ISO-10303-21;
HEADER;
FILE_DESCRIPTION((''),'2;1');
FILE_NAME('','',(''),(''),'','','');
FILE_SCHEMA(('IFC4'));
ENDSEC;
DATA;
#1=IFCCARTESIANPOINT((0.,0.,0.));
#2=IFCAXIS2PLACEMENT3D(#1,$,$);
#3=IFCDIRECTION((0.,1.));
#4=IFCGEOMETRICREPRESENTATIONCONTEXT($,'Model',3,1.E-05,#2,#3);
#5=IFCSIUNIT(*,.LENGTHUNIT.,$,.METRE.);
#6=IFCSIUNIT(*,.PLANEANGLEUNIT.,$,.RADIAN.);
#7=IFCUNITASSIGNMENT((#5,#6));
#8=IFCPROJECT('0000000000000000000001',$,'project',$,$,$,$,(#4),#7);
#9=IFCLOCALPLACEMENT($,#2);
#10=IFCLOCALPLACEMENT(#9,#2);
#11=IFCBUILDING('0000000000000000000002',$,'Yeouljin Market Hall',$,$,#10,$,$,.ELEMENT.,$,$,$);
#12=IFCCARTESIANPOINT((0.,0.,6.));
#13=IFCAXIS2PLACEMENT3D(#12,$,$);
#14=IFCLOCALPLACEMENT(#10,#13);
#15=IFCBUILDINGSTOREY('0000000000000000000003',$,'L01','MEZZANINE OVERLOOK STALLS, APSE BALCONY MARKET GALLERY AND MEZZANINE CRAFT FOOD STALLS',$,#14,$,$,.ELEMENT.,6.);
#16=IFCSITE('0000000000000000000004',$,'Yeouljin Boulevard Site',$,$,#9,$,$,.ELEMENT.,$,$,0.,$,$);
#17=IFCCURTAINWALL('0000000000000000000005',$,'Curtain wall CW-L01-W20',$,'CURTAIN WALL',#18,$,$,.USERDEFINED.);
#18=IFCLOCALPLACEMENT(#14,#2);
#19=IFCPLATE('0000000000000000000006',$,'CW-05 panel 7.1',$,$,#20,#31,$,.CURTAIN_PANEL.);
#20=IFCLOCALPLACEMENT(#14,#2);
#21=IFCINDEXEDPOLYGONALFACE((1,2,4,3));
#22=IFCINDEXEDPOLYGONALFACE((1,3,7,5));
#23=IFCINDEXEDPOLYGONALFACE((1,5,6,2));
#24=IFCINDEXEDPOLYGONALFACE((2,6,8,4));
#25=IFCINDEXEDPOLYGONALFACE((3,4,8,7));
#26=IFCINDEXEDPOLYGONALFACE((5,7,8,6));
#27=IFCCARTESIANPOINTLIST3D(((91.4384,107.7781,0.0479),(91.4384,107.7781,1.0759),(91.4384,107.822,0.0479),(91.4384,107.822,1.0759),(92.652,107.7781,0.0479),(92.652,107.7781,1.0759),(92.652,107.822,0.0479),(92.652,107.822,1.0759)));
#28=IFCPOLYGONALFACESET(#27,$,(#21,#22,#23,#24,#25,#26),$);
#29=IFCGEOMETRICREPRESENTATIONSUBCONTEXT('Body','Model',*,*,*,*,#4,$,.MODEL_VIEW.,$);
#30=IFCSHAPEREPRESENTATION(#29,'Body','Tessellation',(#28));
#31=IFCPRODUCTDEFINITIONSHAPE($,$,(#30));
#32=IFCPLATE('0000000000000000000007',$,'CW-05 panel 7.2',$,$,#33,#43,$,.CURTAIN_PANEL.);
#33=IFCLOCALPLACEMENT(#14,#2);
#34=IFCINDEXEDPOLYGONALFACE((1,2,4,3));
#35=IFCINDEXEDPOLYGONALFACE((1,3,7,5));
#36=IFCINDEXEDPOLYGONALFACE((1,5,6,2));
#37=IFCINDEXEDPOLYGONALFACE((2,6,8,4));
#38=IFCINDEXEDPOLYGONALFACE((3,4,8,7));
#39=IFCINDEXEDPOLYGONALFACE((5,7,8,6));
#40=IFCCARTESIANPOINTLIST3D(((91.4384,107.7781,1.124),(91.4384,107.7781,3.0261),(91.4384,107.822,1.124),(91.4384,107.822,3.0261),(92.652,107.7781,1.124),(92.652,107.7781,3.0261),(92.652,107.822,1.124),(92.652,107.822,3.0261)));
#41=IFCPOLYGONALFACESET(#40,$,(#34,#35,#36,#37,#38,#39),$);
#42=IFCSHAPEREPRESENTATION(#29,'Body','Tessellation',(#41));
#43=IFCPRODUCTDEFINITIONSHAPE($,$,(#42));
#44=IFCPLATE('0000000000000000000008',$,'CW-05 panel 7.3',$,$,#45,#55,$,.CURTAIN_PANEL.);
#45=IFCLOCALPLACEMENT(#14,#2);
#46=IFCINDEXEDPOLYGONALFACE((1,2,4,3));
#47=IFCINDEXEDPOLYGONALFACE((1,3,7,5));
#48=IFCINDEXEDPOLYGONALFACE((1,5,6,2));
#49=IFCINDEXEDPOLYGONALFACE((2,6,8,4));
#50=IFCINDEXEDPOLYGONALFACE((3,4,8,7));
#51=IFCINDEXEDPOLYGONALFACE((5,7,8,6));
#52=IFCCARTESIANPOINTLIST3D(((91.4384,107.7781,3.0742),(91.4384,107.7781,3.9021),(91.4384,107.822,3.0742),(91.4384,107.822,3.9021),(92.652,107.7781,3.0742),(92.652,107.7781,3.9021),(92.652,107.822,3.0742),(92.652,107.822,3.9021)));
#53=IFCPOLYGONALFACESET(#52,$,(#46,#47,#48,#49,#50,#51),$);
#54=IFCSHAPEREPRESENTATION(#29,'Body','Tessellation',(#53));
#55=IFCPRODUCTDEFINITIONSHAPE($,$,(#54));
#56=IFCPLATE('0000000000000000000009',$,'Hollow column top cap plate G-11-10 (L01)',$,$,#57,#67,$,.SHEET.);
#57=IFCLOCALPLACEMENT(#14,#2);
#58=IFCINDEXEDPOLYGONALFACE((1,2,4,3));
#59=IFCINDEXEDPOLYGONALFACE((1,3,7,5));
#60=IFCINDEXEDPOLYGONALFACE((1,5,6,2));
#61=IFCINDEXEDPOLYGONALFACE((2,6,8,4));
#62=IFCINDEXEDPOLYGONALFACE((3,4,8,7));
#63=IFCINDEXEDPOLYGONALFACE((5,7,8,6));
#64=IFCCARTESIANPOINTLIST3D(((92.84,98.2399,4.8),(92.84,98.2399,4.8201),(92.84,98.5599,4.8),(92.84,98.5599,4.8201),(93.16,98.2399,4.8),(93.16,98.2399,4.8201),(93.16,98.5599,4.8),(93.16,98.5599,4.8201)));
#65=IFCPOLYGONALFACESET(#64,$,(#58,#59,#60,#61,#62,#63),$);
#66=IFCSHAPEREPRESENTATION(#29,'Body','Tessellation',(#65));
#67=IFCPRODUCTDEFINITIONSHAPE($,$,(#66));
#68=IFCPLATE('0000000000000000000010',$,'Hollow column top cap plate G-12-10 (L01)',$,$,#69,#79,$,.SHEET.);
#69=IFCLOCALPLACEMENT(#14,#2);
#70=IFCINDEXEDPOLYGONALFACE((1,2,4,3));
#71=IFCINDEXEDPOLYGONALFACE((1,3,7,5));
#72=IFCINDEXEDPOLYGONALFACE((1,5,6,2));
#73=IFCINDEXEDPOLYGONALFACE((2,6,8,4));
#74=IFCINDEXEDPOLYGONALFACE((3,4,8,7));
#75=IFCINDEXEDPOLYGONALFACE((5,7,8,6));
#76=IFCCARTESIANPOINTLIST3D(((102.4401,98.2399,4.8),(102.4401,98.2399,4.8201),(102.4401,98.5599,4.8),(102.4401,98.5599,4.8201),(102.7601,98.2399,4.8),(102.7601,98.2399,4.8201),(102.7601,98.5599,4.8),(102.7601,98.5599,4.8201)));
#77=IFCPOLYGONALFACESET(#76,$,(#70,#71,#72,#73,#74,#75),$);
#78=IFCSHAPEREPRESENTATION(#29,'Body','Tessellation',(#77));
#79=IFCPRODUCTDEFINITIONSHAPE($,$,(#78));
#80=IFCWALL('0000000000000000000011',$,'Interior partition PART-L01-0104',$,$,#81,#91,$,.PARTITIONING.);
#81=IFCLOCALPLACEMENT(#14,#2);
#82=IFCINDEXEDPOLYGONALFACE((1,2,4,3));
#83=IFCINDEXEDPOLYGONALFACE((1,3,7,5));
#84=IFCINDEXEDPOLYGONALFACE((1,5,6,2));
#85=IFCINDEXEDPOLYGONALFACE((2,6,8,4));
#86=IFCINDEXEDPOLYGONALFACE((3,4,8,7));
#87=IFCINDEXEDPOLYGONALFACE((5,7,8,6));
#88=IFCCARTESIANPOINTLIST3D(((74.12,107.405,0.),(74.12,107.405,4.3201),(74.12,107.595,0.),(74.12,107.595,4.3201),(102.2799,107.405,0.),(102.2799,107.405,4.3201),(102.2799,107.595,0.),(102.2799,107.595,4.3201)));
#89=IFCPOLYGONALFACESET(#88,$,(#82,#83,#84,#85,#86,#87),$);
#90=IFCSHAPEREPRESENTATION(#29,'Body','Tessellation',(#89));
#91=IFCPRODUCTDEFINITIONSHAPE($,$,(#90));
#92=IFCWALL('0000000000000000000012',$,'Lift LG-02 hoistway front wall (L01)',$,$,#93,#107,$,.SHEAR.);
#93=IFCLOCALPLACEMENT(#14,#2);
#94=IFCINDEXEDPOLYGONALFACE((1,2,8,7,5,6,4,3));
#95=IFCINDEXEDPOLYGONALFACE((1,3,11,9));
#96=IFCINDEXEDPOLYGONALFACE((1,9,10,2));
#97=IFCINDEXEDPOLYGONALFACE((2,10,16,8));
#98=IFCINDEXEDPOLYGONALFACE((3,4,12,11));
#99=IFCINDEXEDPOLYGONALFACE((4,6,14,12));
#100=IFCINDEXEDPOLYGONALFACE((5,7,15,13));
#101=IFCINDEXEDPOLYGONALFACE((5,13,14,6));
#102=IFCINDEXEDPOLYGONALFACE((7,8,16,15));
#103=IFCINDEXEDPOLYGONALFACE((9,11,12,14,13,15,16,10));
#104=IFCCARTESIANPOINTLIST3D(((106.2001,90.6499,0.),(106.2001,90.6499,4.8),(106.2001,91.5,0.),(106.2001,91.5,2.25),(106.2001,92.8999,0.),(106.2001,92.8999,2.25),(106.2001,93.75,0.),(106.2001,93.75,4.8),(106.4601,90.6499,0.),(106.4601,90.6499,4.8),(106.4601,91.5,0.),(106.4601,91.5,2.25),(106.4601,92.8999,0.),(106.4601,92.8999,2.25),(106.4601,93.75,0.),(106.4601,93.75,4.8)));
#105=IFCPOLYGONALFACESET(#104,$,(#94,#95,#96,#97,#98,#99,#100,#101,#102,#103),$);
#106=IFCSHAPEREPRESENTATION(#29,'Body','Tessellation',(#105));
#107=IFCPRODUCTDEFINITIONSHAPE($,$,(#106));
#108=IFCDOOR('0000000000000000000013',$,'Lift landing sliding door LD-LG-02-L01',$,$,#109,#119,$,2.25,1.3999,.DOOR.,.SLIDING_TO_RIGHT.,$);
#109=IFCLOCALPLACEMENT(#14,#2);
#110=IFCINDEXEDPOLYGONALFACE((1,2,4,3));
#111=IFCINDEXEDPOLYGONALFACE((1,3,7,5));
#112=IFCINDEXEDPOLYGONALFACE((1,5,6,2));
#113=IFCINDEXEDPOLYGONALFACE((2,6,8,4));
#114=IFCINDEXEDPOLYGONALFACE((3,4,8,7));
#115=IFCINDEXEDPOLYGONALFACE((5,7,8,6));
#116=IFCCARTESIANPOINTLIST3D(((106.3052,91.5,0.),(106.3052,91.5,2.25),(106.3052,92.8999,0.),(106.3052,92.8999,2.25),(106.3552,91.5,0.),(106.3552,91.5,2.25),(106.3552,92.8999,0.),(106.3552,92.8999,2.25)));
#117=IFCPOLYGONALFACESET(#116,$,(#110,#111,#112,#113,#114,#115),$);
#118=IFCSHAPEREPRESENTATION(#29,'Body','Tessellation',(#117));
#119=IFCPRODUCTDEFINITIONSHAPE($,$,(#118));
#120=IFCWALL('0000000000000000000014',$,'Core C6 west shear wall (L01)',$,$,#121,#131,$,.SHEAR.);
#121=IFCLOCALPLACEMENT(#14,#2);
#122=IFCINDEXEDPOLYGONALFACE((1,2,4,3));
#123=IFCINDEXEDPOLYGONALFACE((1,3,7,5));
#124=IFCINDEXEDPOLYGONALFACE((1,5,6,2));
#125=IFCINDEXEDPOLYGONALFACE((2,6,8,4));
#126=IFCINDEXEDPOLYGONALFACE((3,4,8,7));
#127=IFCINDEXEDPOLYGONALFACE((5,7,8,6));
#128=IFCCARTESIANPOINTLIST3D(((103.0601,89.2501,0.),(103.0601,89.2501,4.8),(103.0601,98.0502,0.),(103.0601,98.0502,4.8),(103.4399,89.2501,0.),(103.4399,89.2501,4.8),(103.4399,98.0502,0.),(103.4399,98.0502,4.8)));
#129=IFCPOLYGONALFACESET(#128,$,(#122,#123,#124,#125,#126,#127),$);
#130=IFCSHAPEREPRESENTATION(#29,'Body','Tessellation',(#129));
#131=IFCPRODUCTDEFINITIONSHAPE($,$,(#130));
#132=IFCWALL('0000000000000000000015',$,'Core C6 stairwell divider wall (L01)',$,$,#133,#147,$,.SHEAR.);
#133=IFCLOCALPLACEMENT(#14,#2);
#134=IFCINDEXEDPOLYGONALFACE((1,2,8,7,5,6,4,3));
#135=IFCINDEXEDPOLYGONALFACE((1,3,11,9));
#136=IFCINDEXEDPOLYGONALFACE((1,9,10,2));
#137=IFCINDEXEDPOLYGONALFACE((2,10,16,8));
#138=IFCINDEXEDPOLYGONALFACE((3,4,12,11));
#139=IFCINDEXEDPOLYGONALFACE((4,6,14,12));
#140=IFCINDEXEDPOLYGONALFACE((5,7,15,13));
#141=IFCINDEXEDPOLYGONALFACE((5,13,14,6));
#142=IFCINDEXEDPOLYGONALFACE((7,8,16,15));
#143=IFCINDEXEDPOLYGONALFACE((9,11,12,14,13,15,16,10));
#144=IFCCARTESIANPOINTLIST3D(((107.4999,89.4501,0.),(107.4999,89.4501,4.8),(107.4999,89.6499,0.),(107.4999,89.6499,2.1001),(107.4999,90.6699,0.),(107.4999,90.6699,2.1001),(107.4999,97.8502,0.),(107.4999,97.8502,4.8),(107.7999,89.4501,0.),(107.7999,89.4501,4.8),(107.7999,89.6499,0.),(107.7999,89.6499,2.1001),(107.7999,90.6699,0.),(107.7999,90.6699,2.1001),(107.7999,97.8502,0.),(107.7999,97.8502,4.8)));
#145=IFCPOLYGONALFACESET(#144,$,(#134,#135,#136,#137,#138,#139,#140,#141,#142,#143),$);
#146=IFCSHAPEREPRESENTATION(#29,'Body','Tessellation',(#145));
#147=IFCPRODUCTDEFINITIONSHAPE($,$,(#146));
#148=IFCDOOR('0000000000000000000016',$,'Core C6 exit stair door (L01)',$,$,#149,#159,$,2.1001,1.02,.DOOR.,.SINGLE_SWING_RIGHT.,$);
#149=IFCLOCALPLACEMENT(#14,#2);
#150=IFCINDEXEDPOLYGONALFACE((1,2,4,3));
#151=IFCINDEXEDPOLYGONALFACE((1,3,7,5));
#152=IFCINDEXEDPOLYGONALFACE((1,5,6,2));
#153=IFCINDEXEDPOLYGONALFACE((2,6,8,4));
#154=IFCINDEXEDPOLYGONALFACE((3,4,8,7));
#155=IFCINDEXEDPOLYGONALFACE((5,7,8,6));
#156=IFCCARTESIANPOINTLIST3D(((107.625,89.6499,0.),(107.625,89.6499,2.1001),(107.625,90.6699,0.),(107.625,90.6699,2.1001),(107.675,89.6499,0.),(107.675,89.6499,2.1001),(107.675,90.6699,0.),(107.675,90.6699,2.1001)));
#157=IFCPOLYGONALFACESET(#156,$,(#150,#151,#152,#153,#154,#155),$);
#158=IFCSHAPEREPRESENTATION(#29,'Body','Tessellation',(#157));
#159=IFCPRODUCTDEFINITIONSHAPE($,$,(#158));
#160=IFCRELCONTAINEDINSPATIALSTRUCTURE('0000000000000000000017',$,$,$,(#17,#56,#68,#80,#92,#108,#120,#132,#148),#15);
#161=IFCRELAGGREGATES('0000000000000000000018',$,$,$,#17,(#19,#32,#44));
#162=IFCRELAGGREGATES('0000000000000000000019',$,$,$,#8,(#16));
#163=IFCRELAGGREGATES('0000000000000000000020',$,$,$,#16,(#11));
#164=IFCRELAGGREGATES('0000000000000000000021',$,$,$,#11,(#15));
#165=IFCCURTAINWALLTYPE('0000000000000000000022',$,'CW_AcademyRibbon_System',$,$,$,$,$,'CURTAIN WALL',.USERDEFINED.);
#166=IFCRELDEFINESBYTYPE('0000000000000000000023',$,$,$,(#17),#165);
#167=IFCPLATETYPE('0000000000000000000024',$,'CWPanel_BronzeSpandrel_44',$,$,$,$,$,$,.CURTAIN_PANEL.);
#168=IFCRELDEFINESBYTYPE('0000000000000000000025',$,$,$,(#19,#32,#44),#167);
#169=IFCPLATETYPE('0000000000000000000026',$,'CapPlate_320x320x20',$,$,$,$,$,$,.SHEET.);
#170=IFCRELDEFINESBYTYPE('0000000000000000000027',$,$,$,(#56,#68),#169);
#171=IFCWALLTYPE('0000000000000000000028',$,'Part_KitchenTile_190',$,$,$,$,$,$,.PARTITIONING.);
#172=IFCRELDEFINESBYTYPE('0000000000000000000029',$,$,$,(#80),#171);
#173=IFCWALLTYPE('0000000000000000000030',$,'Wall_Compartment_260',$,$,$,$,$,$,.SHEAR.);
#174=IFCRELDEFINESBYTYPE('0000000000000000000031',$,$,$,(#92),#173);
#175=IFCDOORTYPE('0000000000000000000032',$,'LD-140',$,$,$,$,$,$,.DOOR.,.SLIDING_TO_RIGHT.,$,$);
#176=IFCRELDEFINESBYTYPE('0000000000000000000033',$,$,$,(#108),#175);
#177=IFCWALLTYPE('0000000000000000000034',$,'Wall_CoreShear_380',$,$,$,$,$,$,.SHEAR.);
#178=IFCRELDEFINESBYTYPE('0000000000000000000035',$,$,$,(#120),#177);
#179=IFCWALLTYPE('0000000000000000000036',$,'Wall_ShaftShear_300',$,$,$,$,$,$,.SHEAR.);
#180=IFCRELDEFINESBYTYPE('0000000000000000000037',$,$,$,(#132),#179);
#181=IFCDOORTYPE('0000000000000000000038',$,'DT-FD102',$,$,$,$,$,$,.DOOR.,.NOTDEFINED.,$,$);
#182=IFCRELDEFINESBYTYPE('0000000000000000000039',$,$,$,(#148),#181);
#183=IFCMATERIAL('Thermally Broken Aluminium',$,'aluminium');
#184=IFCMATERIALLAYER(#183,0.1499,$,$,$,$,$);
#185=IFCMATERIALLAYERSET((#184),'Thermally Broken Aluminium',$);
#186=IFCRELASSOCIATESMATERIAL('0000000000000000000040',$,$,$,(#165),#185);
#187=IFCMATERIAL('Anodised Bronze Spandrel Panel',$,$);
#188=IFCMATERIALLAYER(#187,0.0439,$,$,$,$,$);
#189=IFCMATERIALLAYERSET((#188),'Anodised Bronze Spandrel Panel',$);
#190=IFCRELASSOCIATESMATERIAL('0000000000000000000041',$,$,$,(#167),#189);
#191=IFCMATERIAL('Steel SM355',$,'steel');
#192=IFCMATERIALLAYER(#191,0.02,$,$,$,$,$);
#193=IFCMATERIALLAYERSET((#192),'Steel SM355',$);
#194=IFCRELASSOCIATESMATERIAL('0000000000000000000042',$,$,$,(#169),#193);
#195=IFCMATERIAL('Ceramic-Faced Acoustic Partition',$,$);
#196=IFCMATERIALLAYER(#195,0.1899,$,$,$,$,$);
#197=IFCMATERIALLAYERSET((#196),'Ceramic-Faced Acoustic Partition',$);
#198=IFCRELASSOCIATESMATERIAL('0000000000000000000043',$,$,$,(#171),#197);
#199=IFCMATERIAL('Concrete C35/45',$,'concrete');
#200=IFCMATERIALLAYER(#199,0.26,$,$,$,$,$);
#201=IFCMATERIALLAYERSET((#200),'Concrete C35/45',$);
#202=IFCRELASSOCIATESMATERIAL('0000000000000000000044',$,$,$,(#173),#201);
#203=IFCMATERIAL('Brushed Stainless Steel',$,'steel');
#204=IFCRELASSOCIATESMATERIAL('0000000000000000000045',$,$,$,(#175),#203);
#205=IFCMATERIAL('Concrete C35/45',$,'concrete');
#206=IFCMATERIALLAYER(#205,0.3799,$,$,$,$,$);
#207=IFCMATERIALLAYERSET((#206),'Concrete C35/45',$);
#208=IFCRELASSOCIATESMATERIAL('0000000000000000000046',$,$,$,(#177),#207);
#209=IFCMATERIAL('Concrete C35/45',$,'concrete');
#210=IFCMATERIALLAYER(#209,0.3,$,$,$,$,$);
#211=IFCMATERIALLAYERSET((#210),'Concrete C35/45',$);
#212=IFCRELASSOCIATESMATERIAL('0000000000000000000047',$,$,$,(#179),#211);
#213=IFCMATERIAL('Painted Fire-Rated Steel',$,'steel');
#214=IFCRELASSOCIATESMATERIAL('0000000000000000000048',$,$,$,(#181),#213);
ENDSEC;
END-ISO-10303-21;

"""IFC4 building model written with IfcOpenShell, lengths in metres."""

from ifc_helpers import new_model, si_unit, direction, frame, frame_2d, origin, origin_2d, place, context, subcontext, project, spatial, rectangle, extrude, material, layer, layer_set, type_object, element, fill, aggregate, save


model = new_model("IFC4")

# Units and contexts
model_context = context("Model", 3, precision=1e-05, world=origin(), true_north=direction((0.0, 1.0)))
body_context = subcontext(model_context, "Body", "Model", "MODEL_VIEW")
ifc_project = project(units=[si_unit("LENGTHUNIT", "METRE"), si_unit("PLANEANGLEUNIT", "RADIAN")], contexts=[model_context])

# Site, building, storey
site_placement = place(None, origin())
site = spatial("IfcSite", under=ifc_project, at=site_placement, Name="Yeouljin Boulevard Site", CompositionType="ELEMENT", RefElevation=0.0)
building_placement = place(site_placement, origin())
building = spatial("IfcBuilding", under=site, at=building_placement, Name="Yeouljin Market Hall", CompositionType="ELEMENT")
storey_placement = place(building_placement, frame((0.0, 0.0, 6.0)))
storey = spatial("IfcBuildingStorey", under=building, at=storey_placement, Name="L01", Description="MEZZANINE OVERLOOK STALLS, APSE BALCONY MARKET GALLERY AND MEZZANINE CRAFT FOOD STALLS", CompositionType="ELEMENT", Elevation=6.0)

# Curtain wall
ifc_material_1 = material(Name="Thermally Broken Aluminium", Category="aluminium")
ifc_layer_1 = layer(ifc_material_1, 0.1499)
ifc_layer_set_1 = layer_set([ifc_layer_1], Name="Thermally Broken Aluminium")
curtain_wall_type = type_object("IfcCurtainWallType", Name="CW_AcademyRibbon_System", ElementType="CURTAIN WALL", PredefinedType="USERDEFINED", material=ifc_layer_set_1)
curtain_wall_placement = place(storey_placement, origin())
curtain_wall = element("IfcCurtainWall", 1, at=curtain_wall_placement, inside=storey, type_object=curtain_wall_type, Name="Curtain wall CW-L01-W20", ObjectType="CURTAIN WALL", PredefinedType="USERDEFINED")

# Plates
ifc_material_2 = material(Name="Anodised Bronze Spandrel Panel")
ifc_layer_2 = layer(ifc_material_2, 0.0439)
ifc_layer_set_2 = layer_set([ifc_layer_2], Name="Anodised Bronze Spandrel Panel")
plate_type_1 = type_object("IfcPlateType", Name="CWPanel_BronzeSpandrel_44", PredefinedType="CURTAIN_PANEL", material=ifc_layer_set_2)
plate_1_placement = place(storey_placement, frame((92.0452, 107.8, 0.0479), z_axis=(0.0, 0.0, 1.0), x_axis=(1.0, 0.0, 0.0)))
plate_1 = element("IfcPlate", 2, at=plate_1_placement, type_object=plate_type_1, Name="CW-05 panel 7.1", PredefinedType="CURTAIN_PANEL", context=body_context, shape_type="SweptSolid", body=[
    extrude(rectangle(XDim=1.2136, YDim=0.0439, at=origin_2d()), origin(), (0.0, 0.0, 1.0), 1.0281),
])
plate_2_placement = place(storey_placement, frame((92.0452, 107.8, 1.124), z_axis=(0.0, 0.0, 1.0), x_axis=(1.0, 0.0, 0.0)))
plate_2 = element("IfcPlate", 3, at=plate_2_placement, type_object=plate_type_1, Name="CW-05 panel 7.2", PredefinedType="CURTAIN_PANEL", context=body_context, shape_type="SweptSolid", body=[
    extrude(rectangle(XDim=1.2136, YDim=0.0439, at=origin_2d()), origin(), (0.0, 0.0, 1.0), 1.9021),
])
plate_3_placement = place(storey_placement, frame((92.0452, 107.8, 3.0742), z_axis=(0.0, 0.0, 1.0), x_axis=(1.0, 0.0, 0.0)))
plate_3 = element("IfcPlate", 4, at=plate_3_placement, type_object=plate_type_1, Name="CW-05 panel 7.3", PredefinedType="CURTAIN_PANEL", context=body_context, shape_type="SweptSolid", body=[
    extrude(rectangle(XDim=1.2136, YDim=0.0439, at=origin_2d()), origin(), (0.0, 0.0, 1.0), 0.8279),
])
aggregate(curtain_wall, [plate_1, plate_2, plate_3])

# Plates
ifc_material_3 = material(Name="Steel SM355", Category="steel")
ifc_layer_3 = layer(ifc_material_3, 0.02)
ifc_layer_set_3 = layer_set([ifc_layer_3], Name="Steel SM355")
plate_type_2 = type_object("IfcPlateType", Name="CapPlate_320x320x20", PredefinedType="SHEET", material=ifc_layer_set_3)
for number, where, z_axis, x_axis, name in (
    (5, (93.0, 98.3999, 4.8), (0.0, 0.0, 1.0), (1.0, 0.0, 0.0), "Hollow column top cap plate G-11-10 (L01)"),
    (6, (102.6001, 98.3999, 4.8), (0.0, 0.0, 1.0), (1.0, 0.0, 0.0), "Hollow column top cap plate G-12-10 (L01)"),
):
    element("IfcPlate", number, at=place(storey_placement, frame(where, z_axis=z_axis, x_axis=x_axis)), inside=storey, type_object=plate_type_2, Name=name, PredefinedType="SHEET", context=body_context, shape_type="SweptSolid", body=[
        extrude(rectangle(XDim=0.3201, YDim=0.3201, at=origin_2d()), origin(), (0.0, 0.0, 1.0), 0.02),
    ])

# Wall
ifc_material_4 = material(Name="Ceramic-Faced Acoustic Partition")
ifc_layer_4 = layer(ifc_material_4, 0.1899)
ifc_layer_set_4 = layer_set([ifc_layer_4], Name="Ceramic-Faced Acoustic Partition")
wall_type_1 = type_object("IfcWallType", Name="Part_KitchenTile_190", PredefinedType="PARTITIONING", material=ifc_layer_set_4)
wall_1_placement = place(storey_placement, frame((102.28, 107.5, 0.0), z_axis=(0.0, 0.0, 1.0), x_axis=(-1.0, 0.0, 0.0)))
element("IfcWall", 7, at=wall_1_placement, inside=storey, type_object=wall_type_1, Name="Interior partition PART-L01-0104", PredefinedType="PARTITIONING", context=body_context, shape_type="SweptSolid", body=[
    extrude(rectangle(XDim=28.1599, YDim=0.1899, at=frame_2d((14.0801, 0.0))), origin(), (0.0, 0.0, 1.0), 4.3201),
])

# Wall, opening, door
ifc_material_5 = material(Name="Concrete C35/45", Category="concrete")
ifc_layer_5 = layer(ifc_material_5, 0.26)
ifc_layer_set_5 = layer_set([ifc_layer_5], Name="Concrete C35/45")
wall_type_2 = type_object("IfcWallType", Name="Wall_Compartment_260", PredefinedType="SHEAR", material=ifc_layer_set_5)
wall_2_placement = place(storey_placement, frame((106.3301, 90.6499, 0.0), z_axis=(0.0, 0.0, 1.0), x_axis=(0.0, 1.0, 0.0)))
wall_2 = element("IfcWall", 8, at=wall_2_placement, inside=storey, type_object=wall_type_2, Name="Lift LG-02 hoistway front wall (L01)", PredefinedType="SHEAR", context=body_context, shape_type="SweptSolid", body=[
    extrude(rectangle(XDim=3.1001, YDim=0.26, at=frame_2d((1.55, 0.0))), origin(), (0.0, 0.0, 1.0), 4.8),
])
opening_1_placement = place(wall_2_placement, frame((0.8501, 0.0, 0.0)))
opening_1 = element("IfcOpeningElement", 9, at=opening_1_placement, cuts=wall_2, PredefinedType="OPENING", context=body_context, shape_type="SweptSolid", body=[
    extrude(rectangle(XDim=1.3999, YDim=2.25, at=frame_2d((0.7, 1.125))), frame((0.0, 0.1399, 0.0), z_axis=(0.0, -1.0, 0.0), x_axis=(1.0, 0.0, 0.0)), (0.0, 0.0, 1.0), 0.28),
])
ifc_material_6 = material(Name="Brushed Stainless Steel", Category="steel")
door_type_1 = type_object("IfcDoorType", Name="LD-140", OperationType="SLIDING_TO_RIGHT", PredefinedType="DOOR", material=ifc_material_6)
door_1_placement = place(opening_1_placement, origin())
door_1 = element("IfcDoor", 10, at=door_1_placement, inside=storey, type_object=door_type_1, Name="Lift landing sliding door LD-LG-02-L01", OperationType="SLIDING_TO_RIGHT", OverallHeight=2.25, OverallWidth=1.3999, PredefinedType="DOOR", context=body_context, shape_type="SweptSolid", body=[
    extrude(rectangle(XDim=1.3999, YDim=2.25, at=frame_2d((0.7, 1.125))), frame((0.0, 0.0249, 0.0), z_axis=(0.0, -1.0, 0.0), x_axis=(1.0, 0.0, 0.0)), (0.0, 0.0, 1.0), 0.05),
])
fill(opening_1, door_1)

# Wall
ifc_material_7 = material(Name="Concrete C35/45", Category="concrete")
ifc_layer_6 = layer(ifc_material_7, 0.3799)
ifc_layer_set_6 = layer_set([ifc_layer_6], Name="Concrete C35/45")
wall_type_3 = type_object("IfcWallType", Name="Wall_CoreShear_380", PredefinedType="SHEAR", material=ifc_layer_set_6)
wall_3_placement = place(storey_placement, frame((103.25, 98.05, 0.0), z_axis=(0.0, 0.0, 1.0), x_axis=(0.0, -1.0, 0.0)))
element("IfcWall", 11, at=wall_3_placement, inside=storey, type_object=wall_type_3, Name="Core C6 west shear wall (L01)", PredefinedType="SHEAR", context=body_context, shape_type="SweptSolid", body=[
    extrude(rectangle(XDim=8.8, YDim=0.3799, at=frame_2d((4.3999, 0.0))), origin(), (0.0, 0.0, 1.0), 4.8),
])

# Wall, opening, door
ifc_material_8 = material(Name="Concrete C35/45", Category="concrete")
ifc_layer_7 = layer(ifc_material_8, 0.3)
ifc_layer_set_7 = layer_set([ifc_layer_7], Name="Concrete C35/45")
wall_type_4 = type_object("IfcWallType", Name="Wall_ShaftShear_300", PredefinedType="SHEAR", material=ifc_layer_set_7)
wall_4_placement = place(storey_placement, frame((107.6499, 89.45, 0.0), z_axis=(0.0, 0.0, 1.0), x_axis=(0.0, 1.0, 0.0)))
wall_4 = element("IfcWall", 12, at=wall_4_placement, inside=storey, type_object=wall_type_4, Name="Core C6 stairwell divider wall (L01)", PredefinedType="SHEAR", context=body_context, shape_type="SweptSolid", body=[
    extrude(rectangle(XDim=8.4001, YDim=0.3, at=frame_2d((4.2002, 0.0))), origin(), (0.0, 0.0, 1.0), 4.8),
])
opening_2_placement = place(wall_4_placement, frame((0.2, 0.0, 0.0)))
opening_2 = element("IfcOpeningElement", 13, at=opening_2_placement, cuts=wall_4, PredefinedType="OPENING", context=body_context, shape_type="SweptSolid", body=[
    extrude(rectangle(XDim=1.02, YDim=2.1001, at=frame_2d((0.51, 1.05))), frame((0.0, 0.1599, 0.0), z_axis=(0.0, -1.0, 0.0), x_axis=(1.0, 0.0, 0.0)), (0.0, 0.0, 1.0), 0.3201),
])
ifc_material_9 = material(Name="Painted Fire-Rated Steel", Category="steel")
door_type_2 = type_object("IfcDoorType", Name="DT-FD102", OperationType="NOTDEFINED", PredefinedType="DOOR", material=ifc_material_9)
door_2_placement = place(opening_2_placement, origin())
door_2 = element("IfcDoor", 14, at=door_2_placement, inside=storey, type_object=door_type_2, Name="Core C6 exit stair door (L01)", OperationType="SINGLE_SWING_RIGHT", OverallHeight=2.1001, OverallWidth=1.02, PredefinedType="DOOR", context=body_context, shape_type="SweptSolid", body=[
    extrude(rectangle(XDim=1.02, YDim=2.1001, at=frame_2d((0.51, 1.05))), frame((0.0, 0.0249, 0.0), z_axis=(0.0, -1.0, 0.0), x_axis=(1.0, 0.0, 0.0)), (0.0, 0.0, 1.0), 0.05),
])
fill(opening_2, door_2)

save(model, "model.ifc")
